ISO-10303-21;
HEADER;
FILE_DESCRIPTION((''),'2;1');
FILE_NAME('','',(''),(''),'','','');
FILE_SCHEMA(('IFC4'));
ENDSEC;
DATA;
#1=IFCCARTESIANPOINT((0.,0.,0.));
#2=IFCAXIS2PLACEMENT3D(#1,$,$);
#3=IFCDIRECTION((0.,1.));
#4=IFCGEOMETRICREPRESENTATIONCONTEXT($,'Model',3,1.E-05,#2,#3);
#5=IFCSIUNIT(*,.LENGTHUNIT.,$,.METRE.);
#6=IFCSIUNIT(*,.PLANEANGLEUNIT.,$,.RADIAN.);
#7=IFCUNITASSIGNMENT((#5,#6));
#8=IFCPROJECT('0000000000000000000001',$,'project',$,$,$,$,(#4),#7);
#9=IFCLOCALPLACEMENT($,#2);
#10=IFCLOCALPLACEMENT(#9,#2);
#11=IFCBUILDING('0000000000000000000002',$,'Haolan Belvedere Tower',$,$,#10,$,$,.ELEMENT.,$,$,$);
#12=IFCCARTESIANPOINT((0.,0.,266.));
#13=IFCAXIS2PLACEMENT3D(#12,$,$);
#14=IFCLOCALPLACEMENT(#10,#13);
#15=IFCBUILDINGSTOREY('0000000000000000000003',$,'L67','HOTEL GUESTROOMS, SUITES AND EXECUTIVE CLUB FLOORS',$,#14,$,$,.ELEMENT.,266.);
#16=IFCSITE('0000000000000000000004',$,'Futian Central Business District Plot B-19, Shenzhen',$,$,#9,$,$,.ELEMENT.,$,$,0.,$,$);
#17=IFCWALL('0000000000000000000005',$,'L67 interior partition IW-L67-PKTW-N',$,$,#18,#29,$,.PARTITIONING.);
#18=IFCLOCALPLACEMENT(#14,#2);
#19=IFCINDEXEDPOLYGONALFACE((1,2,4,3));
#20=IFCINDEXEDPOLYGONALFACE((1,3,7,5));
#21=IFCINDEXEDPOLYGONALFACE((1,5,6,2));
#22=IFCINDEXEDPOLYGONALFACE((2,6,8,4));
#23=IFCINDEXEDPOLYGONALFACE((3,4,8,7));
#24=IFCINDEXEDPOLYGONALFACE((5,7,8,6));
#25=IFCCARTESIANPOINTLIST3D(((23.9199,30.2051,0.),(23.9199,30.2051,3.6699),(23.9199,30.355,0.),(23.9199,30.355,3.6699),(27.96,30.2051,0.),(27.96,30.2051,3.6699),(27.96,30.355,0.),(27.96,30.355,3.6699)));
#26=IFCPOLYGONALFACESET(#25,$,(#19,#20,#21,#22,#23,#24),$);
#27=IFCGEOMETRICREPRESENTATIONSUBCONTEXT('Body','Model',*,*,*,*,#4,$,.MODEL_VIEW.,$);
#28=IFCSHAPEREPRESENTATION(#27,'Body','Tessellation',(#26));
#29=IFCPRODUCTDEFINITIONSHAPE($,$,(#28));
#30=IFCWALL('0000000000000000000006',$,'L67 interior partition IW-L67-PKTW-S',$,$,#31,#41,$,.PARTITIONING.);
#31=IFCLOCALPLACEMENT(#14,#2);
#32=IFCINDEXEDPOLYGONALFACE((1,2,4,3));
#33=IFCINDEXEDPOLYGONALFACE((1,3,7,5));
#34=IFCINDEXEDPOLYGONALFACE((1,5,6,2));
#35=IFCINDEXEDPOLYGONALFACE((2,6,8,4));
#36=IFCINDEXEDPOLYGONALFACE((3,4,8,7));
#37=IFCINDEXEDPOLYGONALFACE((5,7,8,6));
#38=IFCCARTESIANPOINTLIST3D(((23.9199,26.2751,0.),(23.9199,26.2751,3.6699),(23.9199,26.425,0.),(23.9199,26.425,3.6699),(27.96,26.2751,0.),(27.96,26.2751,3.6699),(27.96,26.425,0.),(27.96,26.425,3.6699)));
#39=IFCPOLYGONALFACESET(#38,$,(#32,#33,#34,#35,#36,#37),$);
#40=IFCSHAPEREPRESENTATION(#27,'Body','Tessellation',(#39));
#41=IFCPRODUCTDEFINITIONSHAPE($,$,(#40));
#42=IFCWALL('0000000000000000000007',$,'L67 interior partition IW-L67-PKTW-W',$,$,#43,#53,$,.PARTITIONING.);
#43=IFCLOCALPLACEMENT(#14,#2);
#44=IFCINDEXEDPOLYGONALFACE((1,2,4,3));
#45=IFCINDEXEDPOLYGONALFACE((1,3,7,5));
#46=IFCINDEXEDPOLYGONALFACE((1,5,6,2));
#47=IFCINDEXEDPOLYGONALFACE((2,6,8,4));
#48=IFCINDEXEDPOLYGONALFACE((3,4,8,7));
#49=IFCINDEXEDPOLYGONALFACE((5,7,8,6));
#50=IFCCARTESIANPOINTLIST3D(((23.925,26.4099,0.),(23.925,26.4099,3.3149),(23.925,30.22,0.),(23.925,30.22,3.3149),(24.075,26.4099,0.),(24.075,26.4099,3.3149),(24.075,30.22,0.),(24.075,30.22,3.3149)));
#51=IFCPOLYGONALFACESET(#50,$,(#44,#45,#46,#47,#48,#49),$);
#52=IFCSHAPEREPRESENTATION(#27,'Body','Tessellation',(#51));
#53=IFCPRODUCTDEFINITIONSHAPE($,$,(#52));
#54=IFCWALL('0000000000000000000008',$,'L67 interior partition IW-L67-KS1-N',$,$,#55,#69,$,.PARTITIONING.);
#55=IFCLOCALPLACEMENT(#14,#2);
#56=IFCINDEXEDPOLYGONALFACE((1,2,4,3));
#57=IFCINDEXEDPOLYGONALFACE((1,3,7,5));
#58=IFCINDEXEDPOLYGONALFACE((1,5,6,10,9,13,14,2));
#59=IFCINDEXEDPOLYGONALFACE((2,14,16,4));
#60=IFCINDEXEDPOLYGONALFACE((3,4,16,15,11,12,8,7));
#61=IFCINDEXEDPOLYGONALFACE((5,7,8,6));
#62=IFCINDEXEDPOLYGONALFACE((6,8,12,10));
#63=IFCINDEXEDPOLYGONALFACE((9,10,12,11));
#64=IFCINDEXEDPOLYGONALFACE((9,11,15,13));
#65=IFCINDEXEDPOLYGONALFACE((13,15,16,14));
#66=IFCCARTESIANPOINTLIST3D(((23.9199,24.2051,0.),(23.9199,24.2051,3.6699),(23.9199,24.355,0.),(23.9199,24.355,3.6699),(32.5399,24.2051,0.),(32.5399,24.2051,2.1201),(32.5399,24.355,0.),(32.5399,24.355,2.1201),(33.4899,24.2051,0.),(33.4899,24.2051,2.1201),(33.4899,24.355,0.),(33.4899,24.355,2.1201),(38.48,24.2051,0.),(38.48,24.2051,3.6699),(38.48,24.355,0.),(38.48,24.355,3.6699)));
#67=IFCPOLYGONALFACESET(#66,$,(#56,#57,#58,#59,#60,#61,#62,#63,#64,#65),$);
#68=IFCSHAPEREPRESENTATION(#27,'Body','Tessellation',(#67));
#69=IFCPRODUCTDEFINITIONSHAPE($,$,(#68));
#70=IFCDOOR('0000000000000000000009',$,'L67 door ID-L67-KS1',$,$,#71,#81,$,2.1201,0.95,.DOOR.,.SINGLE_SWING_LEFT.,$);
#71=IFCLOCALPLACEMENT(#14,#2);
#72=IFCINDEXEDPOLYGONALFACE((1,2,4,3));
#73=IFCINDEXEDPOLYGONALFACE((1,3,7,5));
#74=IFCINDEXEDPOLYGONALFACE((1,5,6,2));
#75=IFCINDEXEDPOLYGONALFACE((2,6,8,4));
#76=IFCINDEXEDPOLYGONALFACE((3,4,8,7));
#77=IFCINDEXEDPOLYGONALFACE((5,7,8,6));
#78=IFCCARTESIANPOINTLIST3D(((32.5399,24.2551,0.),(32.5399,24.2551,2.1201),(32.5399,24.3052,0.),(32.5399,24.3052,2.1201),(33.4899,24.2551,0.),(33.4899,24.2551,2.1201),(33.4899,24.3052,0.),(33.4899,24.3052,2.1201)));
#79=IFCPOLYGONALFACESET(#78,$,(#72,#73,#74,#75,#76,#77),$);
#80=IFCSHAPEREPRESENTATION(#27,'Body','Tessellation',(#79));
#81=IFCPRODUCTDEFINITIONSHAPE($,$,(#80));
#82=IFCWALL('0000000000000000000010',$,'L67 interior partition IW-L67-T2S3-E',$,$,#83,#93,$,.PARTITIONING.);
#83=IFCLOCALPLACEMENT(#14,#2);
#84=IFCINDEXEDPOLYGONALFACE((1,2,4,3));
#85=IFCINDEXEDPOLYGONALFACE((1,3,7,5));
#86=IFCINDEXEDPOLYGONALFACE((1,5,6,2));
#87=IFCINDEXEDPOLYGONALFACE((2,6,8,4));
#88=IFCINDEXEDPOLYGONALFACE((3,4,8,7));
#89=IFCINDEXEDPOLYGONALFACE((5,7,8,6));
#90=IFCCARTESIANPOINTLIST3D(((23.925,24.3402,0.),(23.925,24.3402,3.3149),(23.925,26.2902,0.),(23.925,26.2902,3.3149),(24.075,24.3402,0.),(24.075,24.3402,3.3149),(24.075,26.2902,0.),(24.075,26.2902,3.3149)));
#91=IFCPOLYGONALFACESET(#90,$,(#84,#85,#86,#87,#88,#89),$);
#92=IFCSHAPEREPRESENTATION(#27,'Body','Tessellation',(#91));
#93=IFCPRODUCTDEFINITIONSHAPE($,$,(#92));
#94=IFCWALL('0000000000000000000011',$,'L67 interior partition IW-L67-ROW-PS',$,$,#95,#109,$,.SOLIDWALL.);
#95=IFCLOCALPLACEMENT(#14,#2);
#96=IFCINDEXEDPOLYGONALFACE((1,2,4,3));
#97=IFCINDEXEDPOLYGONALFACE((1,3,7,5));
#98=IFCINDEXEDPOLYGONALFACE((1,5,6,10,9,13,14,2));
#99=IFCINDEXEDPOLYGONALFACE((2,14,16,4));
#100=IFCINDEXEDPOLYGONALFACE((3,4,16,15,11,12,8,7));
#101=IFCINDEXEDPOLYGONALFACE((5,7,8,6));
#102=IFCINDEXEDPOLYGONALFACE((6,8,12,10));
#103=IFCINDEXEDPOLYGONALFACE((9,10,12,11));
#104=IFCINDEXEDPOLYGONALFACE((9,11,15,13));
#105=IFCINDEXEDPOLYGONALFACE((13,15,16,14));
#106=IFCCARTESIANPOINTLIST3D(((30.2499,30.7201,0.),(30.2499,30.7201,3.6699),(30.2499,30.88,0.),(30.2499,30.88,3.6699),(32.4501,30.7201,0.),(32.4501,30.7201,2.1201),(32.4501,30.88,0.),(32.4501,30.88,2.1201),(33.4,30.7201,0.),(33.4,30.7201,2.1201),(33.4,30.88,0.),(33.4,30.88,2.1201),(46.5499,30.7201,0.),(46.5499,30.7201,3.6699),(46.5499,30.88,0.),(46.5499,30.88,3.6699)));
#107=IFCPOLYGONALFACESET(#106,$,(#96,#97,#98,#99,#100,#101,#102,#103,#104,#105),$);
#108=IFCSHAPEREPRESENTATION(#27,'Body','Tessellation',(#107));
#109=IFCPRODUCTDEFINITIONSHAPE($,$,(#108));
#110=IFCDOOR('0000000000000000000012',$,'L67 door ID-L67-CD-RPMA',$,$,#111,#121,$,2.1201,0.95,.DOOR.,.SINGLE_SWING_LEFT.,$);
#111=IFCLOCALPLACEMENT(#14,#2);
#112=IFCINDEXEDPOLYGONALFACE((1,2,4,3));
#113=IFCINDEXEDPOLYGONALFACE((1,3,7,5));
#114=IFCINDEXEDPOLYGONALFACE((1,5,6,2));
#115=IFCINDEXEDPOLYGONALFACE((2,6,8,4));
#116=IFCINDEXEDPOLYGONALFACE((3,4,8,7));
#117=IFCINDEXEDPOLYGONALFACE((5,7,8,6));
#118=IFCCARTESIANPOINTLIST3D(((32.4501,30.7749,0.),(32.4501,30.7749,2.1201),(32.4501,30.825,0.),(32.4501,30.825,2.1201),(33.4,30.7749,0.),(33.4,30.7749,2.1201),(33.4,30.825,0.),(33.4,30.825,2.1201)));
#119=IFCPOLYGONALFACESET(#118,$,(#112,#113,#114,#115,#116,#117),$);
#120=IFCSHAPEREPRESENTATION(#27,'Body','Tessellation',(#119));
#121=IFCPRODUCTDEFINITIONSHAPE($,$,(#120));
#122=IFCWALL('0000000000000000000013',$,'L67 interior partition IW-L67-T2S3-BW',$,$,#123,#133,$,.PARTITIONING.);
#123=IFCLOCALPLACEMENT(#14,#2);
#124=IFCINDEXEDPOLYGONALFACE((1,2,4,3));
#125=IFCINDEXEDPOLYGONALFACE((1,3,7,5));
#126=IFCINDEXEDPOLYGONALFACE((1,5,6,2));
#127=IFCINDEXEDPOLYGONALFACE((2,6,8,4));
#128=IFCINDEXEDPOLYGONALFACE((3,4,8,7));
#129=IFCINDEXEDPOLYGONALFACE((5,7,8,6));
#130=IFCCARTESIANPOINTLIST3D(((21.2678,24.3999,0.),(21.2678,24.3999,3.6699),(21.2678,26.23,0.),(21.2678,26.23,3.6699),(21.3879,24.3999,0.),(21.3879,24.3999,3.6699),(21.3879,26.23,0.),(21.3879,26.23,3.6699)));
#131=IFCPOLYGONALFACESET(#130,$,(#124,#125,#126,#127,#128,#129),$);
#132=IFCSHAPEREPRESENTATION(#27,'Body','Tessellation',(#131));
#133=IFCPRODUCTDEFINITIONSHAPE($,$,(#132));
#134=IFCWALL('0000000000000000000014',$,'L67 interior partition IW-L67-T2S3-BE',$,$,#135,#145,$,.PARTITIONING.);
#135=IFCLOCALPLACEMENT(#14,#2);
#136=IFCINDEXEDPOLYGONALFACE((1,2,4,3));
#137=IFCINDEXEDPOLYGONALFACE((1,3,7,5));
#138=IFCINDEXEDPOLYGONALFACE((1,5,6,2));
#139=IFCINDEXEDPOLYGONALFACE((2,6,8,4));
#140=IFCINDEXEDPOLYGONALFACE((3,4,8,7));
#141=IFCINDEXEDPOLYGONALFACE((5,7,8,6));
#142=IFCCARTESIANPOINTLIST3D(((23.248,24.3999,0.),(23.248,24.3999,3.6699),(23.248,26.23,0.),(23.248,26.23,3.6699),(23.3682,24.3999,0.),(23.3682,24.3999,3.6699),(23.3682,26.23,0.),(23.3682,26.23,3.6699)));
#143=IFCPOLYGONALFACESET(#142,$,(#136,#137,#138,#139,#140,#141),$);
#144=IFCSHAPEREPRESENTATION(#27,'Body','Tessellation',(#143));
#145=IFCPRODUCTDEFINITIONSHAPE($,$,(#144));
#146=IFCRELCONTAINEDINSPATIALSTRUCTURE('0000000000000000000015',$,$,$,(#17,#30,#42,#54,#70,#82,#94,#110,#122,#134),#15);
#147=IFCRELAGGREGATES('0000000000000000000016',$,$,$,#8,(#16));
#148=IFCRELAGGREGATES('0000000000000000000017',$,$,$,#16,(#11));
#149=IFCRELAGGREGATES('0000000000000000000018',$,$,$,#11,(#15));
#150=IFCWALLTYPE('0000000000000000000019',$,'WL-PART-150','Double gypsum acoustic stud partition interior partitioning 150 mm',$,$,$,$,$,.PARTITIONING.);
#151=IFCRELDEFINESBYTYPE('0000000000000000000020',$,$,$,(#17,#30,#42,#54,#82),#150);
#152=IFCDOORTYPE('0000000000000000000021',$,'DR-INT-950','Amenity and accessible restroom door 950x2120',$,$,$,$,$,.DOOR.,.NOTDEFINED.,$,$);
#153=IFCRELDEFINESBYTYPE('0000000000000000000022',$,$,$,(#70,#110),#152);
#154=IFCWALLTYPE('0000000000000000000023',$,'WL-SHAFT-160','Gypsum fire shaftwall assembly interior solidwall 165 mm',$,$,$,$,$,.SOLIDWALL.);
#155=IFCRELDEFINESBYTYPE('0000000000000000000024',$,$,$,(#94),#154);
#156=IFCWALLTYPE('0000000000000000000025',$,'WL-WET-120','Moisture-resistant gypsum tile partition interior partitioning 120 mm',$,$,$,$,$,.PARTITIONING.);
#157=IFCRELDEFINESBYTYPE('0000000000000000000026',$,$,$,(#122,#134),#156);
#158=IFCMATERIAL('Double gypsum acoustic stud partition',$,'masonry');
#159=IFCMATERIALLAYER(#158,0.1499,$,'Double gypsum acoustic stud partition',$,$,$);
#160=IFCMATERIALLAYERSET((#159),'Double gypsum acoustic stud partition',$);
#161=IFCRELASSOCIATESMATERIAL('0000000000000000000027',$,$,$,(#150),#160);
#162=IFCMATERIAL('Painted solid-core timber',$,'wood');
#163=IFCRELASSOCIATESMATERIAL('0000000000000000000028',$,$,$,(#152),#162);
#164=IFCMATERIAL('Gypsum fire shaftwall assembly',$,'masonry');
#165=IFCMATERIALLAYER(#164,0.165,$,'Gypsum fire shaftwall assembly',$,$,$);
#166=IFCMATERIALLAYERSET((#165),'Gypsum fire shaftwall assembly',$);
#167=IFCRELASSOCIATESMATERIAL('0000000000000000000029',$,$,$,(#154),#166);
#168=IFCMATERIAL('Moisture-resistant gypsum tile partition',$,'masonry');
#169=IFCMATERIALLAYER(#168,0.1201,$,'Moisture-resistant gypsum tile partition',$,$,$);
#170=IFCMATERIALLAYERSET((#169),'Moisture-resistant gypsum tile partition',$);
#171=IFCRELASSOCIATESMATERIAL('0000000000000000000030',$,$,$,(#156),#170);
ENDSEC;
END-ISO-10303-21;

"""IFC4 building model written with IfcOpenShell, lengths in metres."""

from ifc_helpers import new_model, si_unit, direction, frame, frame_2d, origin, place, context, subcontext, project, spatial, rectangle, extrude, material, layer, layer_set, type_object, element, fill, save


model = new_model("IFC4")

# Units and contexts
model_context = context("Model", 3, precision=1e-05, world=origin(), true_north=direction((0.0, 1.0)))
body_context = subcontext(model_context, "Body", "Model", "MODEL_VIEW")
ifc_project = project(units=[si_unit("LENGTHUNIT", "METRE"), si_unit("PLANEANGLEUNIT", "RADIAN")], contexts=[model_context])

# Site, building, storey
site_placement = place(None, origin())
site = spatial("IfcSite", under=ifc_project, at=site_placement, Name="Futian Central Business District Plot B-19, Shenzhen", CompositionType="ELEMENT", RefElevation=0.0)
building_placement = place(site_placement, origin())
building = spatial("IfcBuilding", under=site, at=building_placement, Name="Haolan Belvedere Tower", CompositionType="ELEMENT")
storey_placement = place(building_placement, frame((0.0, 0.0, 266.0)))
storey = spatial("IfcBuildingStorey", under=building, at=storey_placement, Name="L67", Description="HOTEL GUESTROOMS, SUITES AND EXECUTIVE CLUB FLOORS", CompositionType="ELEMENT", Elevation=266.0)

# Walls
ifc_material_1 = material(Name="Double gypsum acoustic stud partition", Category="masonry")
ifc_layer_1 = layer(ifc_material_1, 0.1499, Name="Double gypsum acoustic stud partition")
ifc_layer_set_1 = layer_set([ifc_layer_1], Name="Double gypsum acoustic stud partition")
wall_type_1 = type_object("IfcWallType", Name="WL-PART-150", Description="Double gypsum acoustic stud partition interior partitioning 150 mm", PredefinedType="PARTITIONING", material=ifc_layer_set_1)
for number, where, z_axis, x_axis, name in (
    (1, (23.9199, 30.28, 0.0), (0.0, 0.0, 1.0), (1.0, 0.0, 0.0), "L67 interior partition IW-L67-PKTW-N"),
    (2, (23.9199, 26.3501, 0.0), (0.0, 0.0, 1.0), (1.0, 0.0, 0.0), "L67 interior partition IW-L67-PKTW-S"),
):
    element("IfcWall", number, at=place(storey_placement, frame(where, z_axis=z_axis, x_axis=x_axis)), inside=storey, type_object=wall_type_1, Name=name, PredefinedType="PARTITIONING", context=body_context, shape_type="SweptSolid", body=[
        extrude(rectangle(XDim=4.04, YDim=0.1499, at=frame_2d((2.02, 0.0))), origin(), (0.0, 0.0, 1.0), 3.6699),
    ])
wall_1_placement = place(storey_placement, frame((24.0, 26.4099, 0.0), z_axis=(0.0, 0.0, 1.0), x_axis=(0.0, 1.0, 0.0)))
element("IfcWall", 3, at=wall_1_placement, inside=storey, type_object=wall_type_1, Name="L67 interior partition IW-L67-PKTW-W", PredefinedType="PARTITIONING", context=body_context, shape_type="SweptSolid", body=[
    extrude(rectangle(XDim=3.8101, YDim=0.1499, at=frame_2d((1.905, 0.0))), origin(), (0.0, 0.0, 1.0), 3.3149),
])

# Wall, opening, door
ifc_material_2 = material(Name="Painted solid-core timber", Category="wood")
door_type_1 = type_object("IfcDoorType", Name="DR-INT-950", Description="Amenity and accessible restroom door 950x2120", OperationType="NOTDEFINED", PredefinedType="DOOR", material=ifc_material_2)
wall_2_placement = place(storey_placement, frame((23.9199, 24.28, 0.0), z_axis=(0.0, 0.0, 1.0), x_axis=(1.0, 0.0, 0.0)))
wall_2 = element("IfcWall", 4, at=wall_2_placement, inside=storey, type_object=wall_type_1, Name="L67 interior partition IW-L67-KS1-N", PredefinedType="PARTITIONING", context=body_context, shape_type="SweptSolid", body=[
    extrude(rectangle(XDim=14.5601, YDim=0.1499, at=frame_2d((7.28, 0.0))), origin(), (0.0, 0.0, 1.0), 3.6699),
])
opening_1_placement = place(wall_2_placement, frame((9.5701, 0.0, 0.0), z_axis=(0.0, 0.0, 1.0), x_axis=(-1.0, 0.0, 0.0)))
opening_1 = element("IfcOpeningElement", 5, at=opening_1_placement, cuts=wall_2, PredefinedType="OPENING", context=body_context, shape_type="SweptSolid", body=[
    extrude(rectangle(XDim=0.95, YDim=2.1201, at=frame_2d((0.4751, 1.0601))), frame((0.0, 0.085, 0.0), z_axis=(0.0, -1.0, 0.0), x_axis=(1.0, 0.0, 0.0)), (0.0, 0.0, 1.0), 0.1699),
])
door_1_placement = place(opening_1_placement, origin())
door_1 = element("IfcDoor", 6, at=door_1_placement, inside=storey, type_object=door_type_1, Name="L67 door ID-L67-KS1", OperationType="SINGLE_SWING_LEFT", OverallHeight=2.1201, OverallWidth=0.95, PredefinedType="DOOR", context=body_context, shape_type="SweptSolid", body=[
    extrude(rectangle(XDim=0.95, YDim=2.1201, at=frame_2d((0.4751, 1.0601))), frame((0.0, 0.0249, 0.0), z_axis=(0.0, -1.0, 0.0), x_axis=(1.0, 0.0, 0.0)), (0.0, 0.0, 1.0), 0.05),
])
fill(opening_1, door_1)

# Wall
wall_3_placement = place(storey_placement, frame((24.0, 24.3401, 0.0), z_axis=(0.0, 0.0, 1.0), x_axis=(0.0, 1.0, 0.0)))
element("IfcWall", 7, at=wall_3_placement, inside=storey, type_object=wall_type_1, Name="L67 interior partition IW-L67-T2S3-E", PredefinedType="PARTITIONING", context=body_context, shape_type="SweptSolid", body=[
    extrude(rectangle(XDim=1.95, YDim=0.1499, at=frame_2d((0.9751, 0.0))), origin(), (0.0, 0.0, 1.0), 3.3149),
])

# Wall, opening, door
ifc_material_3 = material(Name="Gypsum fire shaftwall assembly", Category="masonry")
ifc_layer_2 = layer(ifc_material_3, 0.165, Name="Gypsum fire shaftwall assembly")
ifc_layer_set_2 = layer_set([ifc_layer_2], Name="Gypsum fire shaftwall assembly")
wall_type_2 = type_object("IfcWallType", Name="WL-SHAFT-160", Description="Gypsum fire shaftwall assembly interior solidwall 165 mm", PredefinedType="SOLIDWALL", material=ifc_layer_set_2)
wall_4_placement = place(storey_placement, frame((30.25, 30.8, 0.0), z_axis=(0.0, 0.0, 1.0), x_axis=(1.0, 0.0, 0.0)))
wall_4 = element("IfcWall", 8, at=wall_4_placement, inside=storey, type_object=wall_type_2, Name="L67 interior partition IW-L67-ROW-PS", PredefinedType="SOLIDWALL", context=body_context, shape_type="SweptSolid", body=[
    extrude(rectangle(XDim=16.3, YDim=0.1599, at=frame_2d((8.1499, 0.0))), origin(), (0.0, 0.0, 1.0), 3.6699),
])
opening_2_placement = place(wall_4_placement, frame((2.2, 0.0, 0.0)))
opening_2 = element("IfcOpeningElement", 9, at=opening_2_placement, cuts=wall_4, PredefinedType="OPENING", context=body_context, shape_type="SweptSolid", body=[
    extrude(rectangle(XDim=0.95, YDim=2.1201, at=frame_2d((0.4751, 1.0601))), frame((0.0, 0.0898, 0.0), z_axis=(0.0, -1.0, 0.0), x_axis=(1.0, 0.0, 0.0)), (0.0, 0.0, 1.0), 0.1799),
])
door_2_placement = place(opening_2_placement, origin())
door_2 = element("IfcDoor", 10, at=door_2_placement, inside=storey, type_object=door_type_1, Name="L67 door ID-L67-CD-RPMA", OperationType="SINGLE_SWING_LEFT", OverallHeight=2.1201, OverallWidth=0.95, PredefinedType="DOOR", context=body_context, shape_type="SweptSolid", body=[
    extrude(rectangle(XDim=0.95, YDim=2.1201, at=frame_2d((0.4751, 1.0601))), frame((0.0, 0.0249, 0.0), z_axis=(0.0, -1.0, 0.0), x_axis=(1.0, 0.0, 0.0)), (0.0, 0.0, 1.0), 0.05),
])
fill(opening_2, door_2)

# Walls
ifc_material_4 = material(Name="Moisture-resistant gypsum tile partition", Category="masonry")
ifc_layer_3 = layer(ifc_material_4, 0.1201, Name="Moisture-resistant gypsum tile partition")
ifc_layer_set_3 = layer_set([ifc_layer_3], Name="Moisture-resistant gypsum tile partition")
wall_type_3 = type_object("IfcWallType", Name="WL-WET-120", Description="Moisture-resistant gypsum tile partition interior partitioning 120 mm", PredefinedType="PARTITIONING", material=ifc_layer_set_3)
for number, where, z_axis, x_axis, name in (
    (11, (21.3279, 24.3999, 0.0), (0.0, 0.0, 1.0), (0.0, 1.0, 0.0), "L67 interior partition IW-L67-T2S3-BW"),
    (12, (23.3081, 24.3999, 0.0), (0.0, 0.0, 1.0), (0.0, 1.0, 0.0), "L67 interior partition IW-L67-T2S3-BE"),
):
    element("IfcWall", number, at=place(storey_placement, frame(where, z_axis=z_axis, x_axis=x_axis)), inside=storey, type_object=wall_type_3, Name=name, PredefinedType="PARTITIONING", context=body_context, shape_type="SweptSolid", body=[
        extrude(rectangle(XDim=1.8301, YDim=0.1201, at=frame_2d((0.915, 0.0))), origin(), (0.0, 0.0, 1.0), 3.6699),
    ])

save(model, "model.ifc")
